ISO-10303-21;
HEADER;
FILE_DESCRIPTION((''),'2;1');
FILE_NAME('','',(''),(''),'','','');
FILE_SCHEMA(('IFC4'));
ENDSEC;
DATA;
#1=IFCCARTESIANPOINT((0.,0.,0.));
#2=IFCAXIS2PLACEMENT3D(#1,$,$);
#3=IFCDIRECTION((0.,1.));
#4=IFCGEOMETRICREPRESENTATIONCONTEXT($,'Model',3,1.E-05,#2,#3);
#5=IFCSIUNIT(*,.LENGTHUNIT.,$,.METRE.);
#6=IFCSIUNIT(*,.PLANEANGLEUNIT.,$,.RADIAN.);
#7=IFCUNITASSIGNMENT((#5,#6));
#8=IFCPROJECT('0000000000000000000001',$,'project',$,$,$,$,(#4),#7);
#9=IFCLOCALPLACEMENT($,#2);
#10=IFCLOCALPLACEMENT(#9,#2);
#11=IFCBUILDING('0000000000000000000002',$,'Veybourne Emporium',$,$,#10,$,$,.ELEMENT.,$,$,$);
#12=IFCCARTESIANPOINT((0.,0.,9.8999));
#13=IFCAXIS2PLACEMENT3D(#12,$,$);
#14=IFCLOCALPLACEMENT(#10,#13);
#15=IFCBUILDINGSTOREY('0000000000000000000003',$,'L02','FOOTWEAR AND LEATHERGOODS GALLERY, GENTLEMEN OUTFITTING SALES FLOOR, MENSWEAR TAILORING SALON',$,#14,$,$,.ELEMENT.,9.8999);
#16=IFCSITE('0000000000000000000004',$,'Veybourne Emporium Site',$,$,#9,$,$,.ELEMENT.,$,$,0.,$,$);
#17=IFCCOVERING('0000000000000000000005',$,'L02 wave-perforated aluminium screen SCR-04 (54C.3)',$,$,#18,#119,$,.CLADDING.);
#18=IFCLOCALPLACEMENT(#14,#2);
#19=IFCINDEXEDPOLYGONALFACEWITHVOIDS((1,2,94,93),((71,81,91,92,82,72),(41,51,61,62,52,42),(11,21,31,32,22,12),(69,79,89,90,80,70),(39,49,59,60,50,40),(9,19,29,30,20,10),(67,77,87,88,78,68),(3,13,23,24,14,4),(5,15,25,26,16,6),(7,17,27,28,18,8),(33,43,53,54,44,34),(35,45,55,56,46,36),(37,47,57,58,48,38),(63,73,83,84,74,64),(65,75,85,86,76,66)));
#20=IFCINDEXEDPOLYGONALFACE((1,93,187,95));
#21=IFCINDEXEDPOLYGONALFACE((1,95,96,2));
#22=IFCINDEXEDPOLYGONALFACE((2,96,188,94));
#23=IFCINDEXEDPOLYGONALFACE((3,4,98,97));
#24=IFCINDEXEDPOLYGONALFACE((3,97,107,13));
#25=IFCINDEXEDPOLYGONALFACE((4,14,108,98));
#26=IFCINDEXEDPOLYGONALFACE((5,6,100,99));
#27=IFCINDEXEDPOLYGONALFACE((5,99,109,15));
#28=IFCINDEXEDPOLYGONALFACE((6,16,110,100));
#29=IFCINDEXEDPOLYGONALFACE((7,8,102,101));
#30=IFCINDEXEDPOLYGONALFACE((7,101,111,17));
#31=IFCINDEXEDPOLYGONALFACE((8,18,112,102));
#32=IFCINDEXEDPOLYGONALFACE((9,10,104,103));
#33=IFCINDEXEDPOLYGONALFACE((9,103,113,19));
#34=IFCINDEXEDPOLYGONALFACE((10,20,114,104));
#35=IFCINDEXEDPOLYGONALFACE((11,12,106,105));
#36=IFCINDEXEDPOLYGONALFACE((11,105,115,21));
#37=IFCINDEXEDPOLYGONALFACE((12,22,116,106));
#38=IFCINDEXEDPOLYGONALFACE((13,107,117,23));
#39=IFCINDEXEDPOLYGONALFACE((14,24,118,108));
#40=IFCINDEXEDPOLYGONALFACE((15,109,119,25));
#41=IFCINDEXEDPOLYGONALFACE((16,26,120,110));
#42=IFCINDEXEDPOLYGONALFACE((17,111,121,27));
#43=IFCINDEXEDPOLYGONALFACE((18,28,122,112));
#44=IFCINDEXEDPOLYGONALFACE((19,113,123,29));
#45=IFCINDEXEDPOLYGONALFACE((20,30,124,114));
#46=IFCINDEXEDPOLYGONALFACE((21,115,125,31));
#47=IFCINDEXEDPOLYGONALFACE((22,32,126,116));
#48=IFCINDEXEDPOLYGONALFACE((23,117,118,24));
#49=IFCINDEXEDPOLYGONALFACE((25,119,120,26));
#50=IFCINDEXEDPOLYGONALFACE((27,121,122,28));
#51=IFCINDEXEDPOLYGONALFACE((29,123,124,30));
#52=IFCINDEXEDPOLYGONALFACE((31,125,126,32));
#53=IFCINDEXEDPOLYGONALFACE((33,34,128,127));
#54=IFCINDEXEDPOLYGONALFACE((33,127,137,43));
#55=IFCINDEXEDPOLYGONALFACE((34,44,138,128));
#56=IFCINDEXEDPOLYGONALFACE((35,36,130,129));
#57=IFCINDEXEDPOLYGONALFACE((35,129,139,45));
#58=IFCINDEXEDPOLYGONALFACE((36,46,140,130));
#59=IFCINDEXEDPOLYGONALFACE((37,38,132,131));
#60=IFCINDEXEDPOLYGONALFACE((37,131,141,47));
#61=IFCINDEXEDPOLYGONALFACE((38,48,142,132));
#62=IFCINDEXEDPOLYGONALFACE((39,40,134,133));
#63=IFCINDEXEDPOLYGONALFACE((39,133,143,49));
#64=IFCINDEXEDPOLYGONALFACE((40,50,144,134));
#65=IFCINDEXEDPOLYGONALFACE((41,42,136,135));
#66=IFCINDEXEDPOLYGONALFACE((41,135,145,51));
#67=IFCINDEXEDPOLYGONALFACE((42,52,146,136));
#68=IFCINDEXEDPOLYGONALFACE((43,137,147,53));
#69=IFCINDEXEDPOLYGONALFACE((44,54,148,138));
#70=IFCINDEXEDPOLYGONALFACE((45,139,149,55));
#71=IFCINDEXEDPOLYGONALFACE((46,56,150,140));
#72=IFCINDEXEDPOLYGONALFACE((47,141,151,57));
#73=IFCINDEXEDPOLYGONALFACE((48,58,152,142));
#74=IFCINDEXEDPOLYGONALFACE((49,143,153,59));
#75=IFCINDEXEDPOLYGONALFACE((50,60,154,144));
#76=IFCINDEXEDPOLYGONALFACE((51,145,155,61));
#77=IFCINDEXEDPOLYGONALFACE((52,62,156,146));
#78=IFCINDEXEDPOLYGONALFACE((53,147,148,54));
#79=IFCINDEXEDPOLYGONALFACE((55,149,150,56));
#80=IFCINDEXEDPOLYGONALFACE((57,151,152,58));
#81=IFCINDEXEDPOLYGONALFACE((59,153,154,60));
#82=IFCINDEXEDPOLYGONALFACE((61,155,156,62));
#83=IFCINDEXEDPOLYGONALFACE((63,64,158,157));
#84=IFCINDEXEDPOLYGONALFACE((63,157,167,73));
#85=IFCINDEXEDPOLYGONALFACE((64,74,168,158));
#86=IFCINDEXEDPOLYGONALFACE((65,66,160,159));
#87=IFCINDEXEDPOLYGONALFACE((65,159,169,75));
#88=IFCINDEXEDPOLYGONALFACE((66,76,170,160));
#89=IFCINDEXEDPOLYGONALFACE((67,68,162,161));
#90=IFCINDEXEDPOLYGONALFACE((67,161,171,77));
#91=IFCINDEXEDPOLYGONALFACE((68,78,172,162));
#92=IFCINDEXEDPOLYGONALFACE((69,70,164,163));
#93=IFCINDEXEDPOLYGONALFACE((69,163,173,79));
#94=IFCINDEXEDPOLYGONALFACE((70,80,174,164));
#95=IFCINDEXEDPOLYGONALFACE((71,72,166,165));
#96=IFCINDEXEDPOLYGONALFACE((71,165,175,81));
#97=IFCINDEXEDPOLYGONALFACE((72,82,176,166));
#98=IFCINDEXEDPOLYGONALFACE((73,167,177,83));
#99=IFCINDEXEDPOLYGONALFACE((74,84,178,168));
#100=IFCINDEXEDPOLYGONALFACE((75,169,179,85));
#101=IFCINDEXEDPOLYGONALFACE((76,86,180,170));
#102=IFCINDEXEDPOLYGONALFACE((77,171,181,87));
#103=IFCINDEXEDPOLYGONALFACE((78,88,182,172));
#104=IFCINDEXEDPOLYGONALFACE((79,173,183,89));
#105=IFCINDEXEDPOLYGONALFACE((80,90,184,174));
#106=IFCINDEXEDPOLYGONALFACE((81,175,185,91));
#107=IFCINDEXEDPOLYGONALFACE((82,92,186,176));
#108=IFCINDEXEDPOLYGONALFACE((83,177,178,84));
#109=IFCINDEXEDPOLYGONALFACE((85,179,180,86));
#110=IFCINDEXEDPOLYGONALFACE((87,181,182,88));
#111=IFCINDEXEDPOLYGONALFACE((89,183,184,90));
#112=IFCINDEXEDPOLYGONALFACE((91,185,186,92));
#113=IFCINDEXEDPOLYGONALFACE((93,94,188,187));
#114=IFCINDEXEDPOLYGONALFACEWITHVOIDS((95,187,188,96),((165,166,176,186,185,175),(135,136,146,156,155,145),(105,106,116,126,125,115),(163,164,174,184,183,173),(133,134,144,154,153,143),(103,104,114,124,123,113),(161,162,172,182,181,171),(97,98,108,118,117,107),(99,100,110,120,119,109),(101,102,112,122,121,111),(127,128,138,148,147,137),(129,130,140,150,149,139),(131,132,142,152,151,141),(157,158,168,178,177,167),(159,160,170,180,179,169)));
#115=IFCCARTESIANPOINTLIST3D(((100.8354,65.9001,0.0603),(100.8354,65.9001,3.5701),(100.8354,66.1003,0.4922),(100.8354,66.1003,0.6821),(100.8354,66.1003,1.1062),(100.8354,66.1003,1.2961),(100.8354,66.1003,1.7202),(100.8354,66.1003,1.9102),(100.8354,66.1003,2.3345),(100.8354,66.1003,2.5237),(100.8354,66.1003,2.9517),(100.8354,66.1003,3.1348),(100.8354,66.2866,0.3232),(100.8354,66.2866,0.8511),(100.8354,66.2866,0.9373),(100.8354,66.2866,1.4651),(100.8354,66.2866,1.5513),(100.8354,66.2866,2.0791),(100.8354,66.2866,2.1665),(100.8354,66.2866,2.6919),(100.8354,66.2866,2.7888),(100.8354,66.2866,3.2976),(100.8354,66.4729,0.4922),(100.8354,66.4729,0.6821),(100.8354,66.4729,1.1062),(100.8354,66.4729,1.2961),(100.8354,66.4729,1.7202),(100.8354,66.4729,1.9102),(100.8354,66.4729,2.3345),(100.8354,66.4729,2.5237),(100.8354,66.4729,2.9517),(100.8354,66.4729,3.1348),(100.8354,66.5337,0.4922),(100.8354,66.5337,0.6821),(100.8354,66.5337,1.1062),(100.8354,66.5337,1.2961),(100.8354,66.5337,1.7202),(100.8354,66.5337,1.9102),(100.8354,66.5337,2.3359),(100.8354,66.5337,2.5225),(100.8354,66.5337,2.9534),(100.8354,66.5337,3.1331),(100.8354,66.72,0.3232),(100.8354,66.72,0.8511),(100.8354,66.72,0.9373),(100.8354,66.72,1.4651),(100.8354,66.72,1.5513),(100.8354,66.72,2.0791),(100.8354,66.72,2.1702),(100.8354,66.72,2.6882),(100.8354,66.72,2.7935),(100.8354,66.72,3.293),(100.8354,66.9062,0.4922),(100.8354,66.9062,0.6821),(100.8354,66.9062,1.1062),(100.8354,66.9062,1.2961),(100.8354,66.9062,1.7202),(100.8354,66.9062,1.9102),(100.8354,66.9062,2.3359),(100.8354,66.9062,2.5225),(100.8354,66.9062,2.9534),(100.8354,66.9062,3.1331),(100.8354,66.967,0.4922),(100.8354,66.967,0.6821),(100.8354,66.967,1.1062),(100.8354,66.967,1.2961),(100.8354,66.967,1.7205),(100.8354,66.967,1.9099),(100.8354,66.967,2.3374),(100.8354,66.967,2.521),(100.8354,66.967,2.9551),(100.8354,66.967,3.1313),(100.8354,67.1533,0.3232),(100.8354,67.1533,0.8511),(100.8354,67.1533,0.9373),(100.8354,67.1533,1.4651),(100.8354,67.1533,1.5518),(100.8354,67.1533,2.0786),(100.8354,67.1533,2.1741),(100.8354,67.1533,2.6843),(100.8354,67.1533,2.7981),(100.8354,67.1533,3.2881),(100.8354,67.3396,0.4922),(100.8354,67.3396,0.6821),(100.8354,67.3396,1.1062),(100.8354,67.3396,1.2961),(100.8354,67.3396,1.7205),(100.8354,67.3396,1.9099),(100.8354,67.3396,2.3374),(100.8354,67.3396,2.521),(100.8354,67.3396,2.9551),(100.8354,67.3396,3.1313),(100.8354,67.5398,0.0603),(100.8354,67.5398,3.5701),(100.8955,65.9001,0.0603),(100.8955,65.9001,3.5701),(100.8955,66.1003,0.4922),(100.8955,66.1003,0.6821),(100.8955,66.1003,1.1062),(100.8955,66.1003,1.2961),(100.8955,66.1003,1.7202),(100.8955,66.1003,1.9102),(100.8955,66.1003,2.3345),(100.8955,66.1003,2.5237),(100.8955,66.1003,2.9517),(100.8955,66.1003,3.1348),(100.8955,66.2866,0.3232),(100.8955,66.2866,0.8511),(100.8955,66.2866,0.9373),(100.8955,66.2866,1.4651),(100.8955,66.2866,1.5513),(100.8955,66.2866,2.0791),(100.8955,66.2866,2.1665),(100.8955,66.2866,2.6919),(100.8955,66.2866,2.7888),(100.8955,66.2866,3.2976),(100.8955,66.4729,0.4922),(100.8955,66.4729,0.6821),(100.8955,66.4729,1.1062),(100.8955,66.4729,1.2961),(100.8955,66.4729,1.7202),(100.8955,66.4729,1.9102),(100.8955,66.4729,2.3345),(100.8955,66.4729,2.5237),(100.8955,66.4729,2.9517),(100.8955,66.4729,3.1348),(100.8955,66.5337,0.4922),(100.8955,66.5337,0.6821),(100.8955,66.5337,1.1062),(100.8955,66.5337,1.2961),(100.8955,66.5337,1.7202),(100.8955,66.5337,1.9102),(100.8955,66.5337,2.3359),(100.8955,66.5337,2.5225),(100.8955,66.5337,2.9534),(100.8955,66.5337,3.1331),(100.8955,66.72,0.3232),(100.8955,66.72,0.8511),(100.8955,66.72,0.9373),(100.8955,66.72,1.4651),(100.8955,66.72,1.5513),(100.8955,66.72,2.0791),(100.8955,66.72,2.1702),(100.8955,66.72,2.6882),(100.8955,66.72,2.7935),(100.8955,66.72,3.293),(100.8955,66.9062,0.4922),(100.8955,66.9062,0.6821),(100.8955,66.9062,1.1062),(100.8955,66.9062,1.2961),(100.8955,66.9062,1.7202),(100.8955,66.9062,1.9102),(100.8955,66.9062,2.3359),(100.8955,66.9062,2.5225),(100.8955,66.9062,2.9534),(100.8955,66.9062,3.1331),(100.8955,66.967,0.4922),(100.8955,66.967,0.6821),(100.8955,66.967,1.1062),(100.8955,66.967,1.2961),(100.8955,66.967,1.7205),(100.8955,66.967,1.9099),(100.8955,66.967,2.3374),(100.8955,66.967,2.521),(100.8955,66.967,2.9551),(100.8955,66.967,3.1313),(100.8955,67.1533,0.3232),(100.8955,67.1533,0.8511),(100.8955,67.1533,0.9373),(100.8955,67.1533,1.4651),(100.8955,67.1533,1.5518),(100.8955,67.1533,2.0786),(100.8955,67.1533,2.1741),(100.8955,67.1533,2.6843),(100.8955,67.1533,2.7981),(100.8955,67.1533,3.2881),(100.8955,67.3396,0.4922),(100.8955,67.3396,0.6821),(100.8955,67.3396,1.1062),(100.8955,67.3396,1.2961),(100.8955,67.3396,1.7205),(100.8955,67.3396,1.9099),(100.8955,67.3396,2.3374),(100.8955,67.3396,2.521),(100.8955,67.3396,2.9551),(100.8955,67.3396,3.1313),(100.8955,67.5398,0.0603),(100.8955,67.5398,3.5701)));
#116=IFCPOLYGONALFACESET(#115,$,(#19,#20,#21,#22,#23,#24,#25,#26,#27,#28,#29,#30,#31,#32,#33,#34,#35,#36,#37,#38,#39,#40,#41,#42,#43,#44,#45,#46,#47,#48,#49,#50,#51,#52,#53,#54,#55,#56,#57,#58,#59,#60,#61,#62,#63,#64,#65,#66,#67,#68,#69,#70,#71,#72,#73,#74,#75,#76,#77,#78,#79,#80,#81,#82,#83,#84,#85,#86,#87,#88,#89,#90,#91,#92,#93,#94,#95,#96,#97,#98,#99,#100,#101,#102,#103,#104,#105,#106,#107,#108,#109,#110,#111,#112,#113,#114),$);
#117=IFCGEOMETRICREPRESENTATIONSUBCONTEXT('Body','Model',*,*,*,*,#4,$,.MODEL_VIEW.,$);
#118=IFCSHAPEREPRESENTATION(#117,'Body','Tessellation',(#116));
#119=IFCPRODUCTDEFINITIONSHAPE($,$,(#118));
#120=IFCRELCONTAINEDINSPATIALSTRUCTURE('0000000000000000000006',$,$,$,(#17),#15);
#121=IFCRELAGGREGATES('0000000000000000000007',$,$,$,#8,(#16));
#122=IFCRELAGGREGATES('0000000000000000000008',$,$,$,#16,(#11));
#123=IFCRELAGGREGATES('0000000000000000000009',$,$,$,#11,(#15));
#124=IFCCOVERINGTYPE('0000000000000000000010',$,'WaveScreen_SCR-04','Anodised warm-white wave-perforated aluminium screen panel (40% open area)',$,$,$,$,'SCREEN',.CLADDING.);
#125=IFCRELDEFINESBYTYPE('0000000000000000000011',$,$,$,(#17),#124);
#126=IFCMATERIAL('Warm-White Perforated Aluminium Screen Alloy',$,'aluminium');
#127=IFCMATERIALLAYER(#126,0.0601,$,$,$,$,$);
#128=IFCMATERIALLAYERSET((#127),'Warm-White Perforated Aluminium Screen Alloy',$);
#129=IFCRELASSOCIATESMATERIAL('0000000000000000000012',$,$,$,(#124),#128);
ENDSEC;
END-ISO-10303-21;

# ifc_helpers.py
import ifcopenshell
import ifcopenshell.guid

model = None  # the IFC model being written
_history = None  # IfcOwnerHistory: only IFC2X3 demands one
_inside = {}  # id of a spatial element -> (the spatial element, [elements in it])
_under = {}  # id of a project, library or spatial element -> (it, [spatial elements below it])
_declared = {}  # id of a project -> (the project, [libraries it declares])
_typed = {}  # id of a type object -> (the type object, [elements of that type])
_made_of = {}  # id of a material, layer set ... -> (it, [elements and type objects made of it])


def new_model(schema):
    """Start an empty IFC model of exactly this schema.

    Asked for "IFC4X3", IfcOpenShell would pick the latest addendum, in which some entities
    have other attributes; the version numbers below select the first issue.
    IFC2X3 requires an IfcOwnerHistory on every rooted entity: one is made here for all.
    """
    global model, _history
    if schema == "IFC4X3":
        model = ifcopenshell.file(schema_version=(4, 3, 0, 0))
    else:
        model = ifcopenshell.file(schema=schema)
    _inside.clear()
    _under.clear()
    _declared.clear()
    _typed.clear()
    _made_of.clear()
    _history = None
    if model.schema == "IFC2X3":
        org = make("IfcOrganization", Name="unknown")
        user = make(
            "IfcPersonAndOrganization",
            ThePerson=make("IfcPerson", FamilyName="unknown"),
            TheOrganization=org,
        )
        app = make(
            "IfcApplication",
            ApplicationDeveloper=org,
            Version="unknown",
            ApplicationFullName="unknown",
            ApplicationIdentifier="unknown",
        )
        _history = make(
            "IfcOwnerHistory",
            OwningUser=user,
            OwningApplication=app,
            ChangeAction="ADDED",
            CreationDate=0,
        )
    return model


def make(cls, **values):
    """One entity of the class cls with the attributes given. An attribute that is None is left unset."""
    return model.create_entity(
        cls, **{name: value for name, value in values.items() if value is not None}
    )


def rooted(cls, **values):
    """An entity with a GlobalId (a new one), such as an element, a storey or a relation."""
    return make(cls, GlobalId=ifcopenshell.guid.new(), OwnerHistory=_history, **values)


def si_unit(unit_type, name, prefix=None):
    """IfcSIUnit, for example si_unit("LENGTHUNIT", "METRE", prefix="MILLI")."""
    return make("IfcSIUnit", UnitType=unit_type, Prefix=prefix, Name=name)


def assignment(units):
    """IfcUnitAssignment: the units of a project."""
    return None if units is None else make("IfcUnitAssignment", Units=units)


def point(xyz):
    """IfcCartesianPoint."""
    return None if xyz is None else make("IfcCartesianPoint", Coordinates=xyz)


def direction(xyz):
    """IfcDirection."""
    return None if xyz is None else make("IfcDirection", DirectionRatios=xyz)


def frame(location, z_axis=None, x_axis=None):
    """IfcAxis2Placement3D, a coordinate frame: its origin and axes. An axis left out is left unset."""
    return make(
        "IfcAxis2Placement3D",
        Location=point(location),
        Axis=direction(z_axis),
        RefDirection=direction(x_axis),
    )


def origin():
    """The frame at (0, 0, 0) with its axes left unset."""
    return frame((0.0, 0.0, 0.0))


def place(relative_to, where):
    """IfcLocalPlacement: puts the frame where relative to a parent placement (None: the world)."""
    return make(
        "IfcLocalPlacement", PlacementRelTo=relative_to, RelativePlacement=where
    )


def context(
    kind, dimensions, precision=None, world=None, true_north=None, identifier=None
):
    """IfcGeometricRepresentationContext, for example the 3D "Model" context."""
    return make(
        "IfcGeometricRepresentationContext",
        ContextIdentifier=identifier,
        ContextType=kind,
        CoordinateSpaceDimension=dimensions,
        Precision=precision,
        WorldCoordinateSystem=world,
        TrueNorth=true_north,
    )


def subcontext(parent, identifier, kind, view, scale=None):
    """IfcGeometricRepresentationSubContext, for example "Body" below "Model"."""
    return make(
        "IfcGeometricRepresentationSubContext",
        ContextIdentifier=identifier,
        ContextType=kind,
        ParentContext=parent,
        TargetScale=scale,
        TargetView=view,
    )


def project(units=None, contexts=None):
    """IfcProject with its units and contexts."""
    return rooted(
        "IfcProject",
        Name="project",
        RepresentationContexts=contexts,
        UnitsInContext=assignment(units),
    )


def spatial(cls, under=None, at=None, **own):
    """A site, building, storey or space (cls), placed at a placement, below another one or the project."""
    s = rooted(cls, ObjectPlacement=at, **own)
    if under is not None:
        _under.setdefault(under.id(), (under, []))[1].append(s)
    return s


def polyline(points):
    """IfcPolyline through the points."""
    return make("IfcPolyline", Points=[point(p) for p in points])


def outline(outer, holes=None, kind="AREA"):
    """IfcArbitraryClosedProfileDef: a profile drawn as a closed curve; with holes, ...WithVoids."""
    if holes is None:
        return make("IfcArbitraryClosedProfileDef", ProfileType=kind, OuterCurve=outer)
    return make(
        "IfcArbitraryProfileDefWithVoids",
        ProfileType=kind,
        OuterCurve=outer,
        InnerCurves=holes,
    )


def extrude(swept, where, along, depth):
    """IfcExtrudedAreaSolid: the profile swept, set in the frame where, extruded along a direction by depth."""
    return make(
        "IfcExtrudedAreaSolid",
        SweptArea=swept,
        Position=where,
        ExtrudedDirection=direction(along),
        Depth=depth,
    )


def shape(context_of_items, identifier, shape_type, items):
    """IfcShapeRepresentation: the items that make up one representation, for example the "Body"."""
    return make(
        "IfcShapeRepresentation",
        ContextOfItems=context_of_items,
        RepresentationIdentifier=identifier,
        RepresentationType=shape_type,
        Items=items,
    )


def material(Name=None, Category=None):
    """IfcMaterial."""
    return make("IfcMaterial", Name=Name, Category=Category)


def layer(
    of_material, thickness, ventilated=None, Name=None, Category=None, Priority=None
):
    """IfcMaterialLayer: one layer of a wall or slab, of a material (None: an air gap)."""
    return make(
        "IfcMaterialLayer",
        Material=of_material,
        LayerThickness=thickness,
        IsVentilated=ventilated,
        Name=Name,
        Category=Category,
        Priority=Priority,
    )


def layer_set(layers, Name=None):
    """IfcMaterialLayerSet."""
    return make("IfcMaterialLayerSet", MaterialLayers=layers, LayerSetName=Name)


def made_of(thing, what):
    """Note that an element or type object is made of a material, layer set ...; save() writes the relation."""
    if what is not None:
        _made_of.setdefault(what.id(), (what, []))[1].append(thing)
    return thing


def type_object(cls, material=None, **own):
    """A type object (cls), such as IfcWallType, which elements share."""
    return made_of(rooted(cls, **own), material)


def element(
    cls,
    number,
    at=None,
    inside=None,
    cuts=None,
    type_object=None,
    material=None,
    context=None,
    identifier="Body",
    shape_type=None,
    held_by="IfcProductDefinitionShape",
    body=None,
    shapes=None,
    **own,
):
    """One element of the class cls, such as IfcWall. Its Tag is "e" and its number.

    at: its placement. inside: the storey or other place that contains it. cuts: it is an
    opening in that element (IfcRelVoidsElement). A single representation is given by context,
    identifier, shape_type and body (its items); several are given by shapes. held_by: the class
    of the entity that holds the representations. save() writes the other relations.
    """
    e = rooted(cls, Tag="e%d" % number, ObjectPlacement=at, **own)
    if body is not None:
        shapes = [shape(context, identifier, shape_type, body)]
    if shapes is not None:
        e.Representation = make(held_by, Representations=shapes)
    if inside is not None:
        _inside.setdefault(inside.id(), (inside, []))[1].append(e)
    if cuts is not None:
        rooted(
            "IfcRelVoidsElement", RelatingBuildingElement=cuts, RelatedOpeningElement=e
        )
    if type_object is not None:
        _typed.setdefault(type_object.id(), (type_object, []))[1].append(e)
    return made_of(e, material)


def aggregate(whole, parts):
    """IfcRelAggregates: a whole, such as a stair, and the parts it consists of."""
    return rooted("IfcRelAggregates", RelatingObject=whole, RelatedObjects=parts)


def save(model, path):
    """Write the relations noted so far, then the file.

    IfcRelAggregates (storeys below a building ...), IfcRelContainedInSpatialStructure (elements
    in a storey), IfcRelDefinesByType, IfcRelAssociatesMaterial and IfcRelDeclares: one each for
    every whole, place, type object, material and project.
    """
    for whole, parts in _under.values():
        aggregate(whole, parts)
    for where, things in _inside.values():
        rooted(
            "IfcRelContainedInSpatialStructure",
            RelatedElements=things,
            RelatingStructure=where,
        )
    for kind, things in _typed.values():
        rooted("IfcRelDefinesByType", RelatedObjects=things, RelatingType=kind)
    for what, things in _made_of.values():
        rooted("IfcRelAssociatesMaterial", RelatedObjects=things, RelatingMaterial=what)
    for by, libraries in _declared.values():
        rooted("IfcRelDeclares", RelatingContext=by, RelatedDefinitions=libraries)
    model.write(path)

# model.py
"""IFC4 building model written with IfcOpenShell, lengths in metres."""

from ifc_helpers import new_model, si_unit, direction, frame, origin, place, context, subcontext, project, spatial, polyline, outline, extrude, material, layer, layer_set, type_object, element, save


model = new_model("IFC4")

# Units and contexts
model_context = context("Model", 3, precision=1e-05, world=origin(), true_north=direction((0.0, 1.0)))
body_context = subcontext(model_context, "Body", "Model", "MODEL_VIEW")
ifc_project = project(units=[si_unit("LENGTHUNIT", "METRE"), si_unit("PLANEANGLEUNIT", "RADIAN")], contexts=[model_context])

# Site, building, storey
site_placement = place(None, origin())
site = spatial("IfcSite", under=ifc_project, at=site_placement, Name="Veybourne Emporium Site", CompositionType="ELEMENT", RefElevation=0.0)
building_placement = place(site_placement, origin())
building = spatial("IfcBuilding", under=site, at=building_placement, Name="Veybourne Emporium", CompositionType="ELEMENT")
storey_placement = place(building_placement, frame((0.0, 0.0, 9.8999)))
storey = spatial("IfcBuildingStorey", under=building, at=storey_placement, Name="L02", Description="FOOTWEAR AND LEATHERGOODS GALLERY, GENTLEMEN OUTFITTING SALES FLOOR, MENSWEAR TAILORING SALON", CompositionType="ELEMENT", Elevation=9.8999)

# Covering
ifc_material_1 = material(Name="Warm-White Perforated Aluminium Screen Alloy", Category="aluminium")
ifc_layer_1 = layer(ifc_material_1, 0.0601)
ifc_layer_set_1 = layer_set([ifc_layer_1], Name="Warm-White Perforated Aluminium Screen Alloy")
covering_type_1 = type_object("IfcCoveringType", Name="WaveScreen_SCR-04", Description="Anodised warm-white wave-perforated aluminium screen panel (40% open area)", ElementType="SCREEN", PredefinedType="CLADDING", material=ifc_layer_set_1)
covering_1_placement = place(storey_placement, frame((100.8955, 66.72, 1.8152), z_axis=(-1.0, 0.0, 0.0), x_axis=(0.0, -1.0, 0.0)))
element("IfcCovering", 1, at=covering_1_placement, inside=storey, type_object=covering_type_1, Name="L02 wave-perforated aluminium screen SCR-04 (54C.3)", PredefinedType="CLADDING", context=body_context, shape_type="SweptSolid", body=[
    extrude(outline(polyline([(-0.8198, -1.7549), (0.8198, -1.7549), (0.8198, 1.7549), (-0.8198, 1.7549), (-0.8198, -1.7549)]), holes=[polyline([(-0.4333, -0.9641), (-0.2471, -1.1331), (-0.2471, -1.323), (-0.4333, -1.4919), (-0.6196, -1.323), (-0.6196, -1.1331), (-0.4333, -0.9641)]), polyline([(-0.4333, -0.3501), (-0.2471, -0.519), (-0.2471, -0.709), (-0.4333, -0.8779), (-0.6196, -0.709), (-0.6196, -0.519), (-0.4333, -0.3501)]), polyline([(-0.4333, 0.2634), (-0.2471, 0.0947), (-0.2471, -0.0947), (-0.4333, -0.2634), (-0.6196, -0.0947), (-0.6196, 0.0947), (-0.4333, 0.2634)]), polyline([(-0.4333, 0.8691), (-0.2471, 0.7058), (-0.2471, 0.5222), (-0.4333, 0.3589), (-0.6196, 0.5222), (-0.6196, 0.7058), (-0.4333, 0.8691)]), polyline([(-0.4333, 1.4729), (-0.2471, 1.3162), (-0.2471, 1.1399), (-0.4333, 0.9829), (-0.6196, 1.1399), (-0.6196, 1.3162), (-0.4333, 1.4729)]), polyline([(0.0, -0.9641), (0.1863, -1.1331), (0.1863, -1.323), (0.0, -1.4919), (-0.1863, -1.323), (-0.1863, -1.1331), (0.0, -0.9641)]), polyline([(0.0, -0.3501), (0.1863, -0.519), (0.1863, -0.709), (0.0, -0.8779), (-0.1863, -0.709), (-0.1863, -0.519), (0.0, -0.3501)]), polyline([(0.0, 0.2639), (0.1863, 0.095), (0.1863, -0.095), (0.0, -0.2639), (-0.1863, -0.095), (-0.1863, 0.095), (0.0, 0.2639)]), polyline([(0.0, 0.873), (0.1863, 0.7073), (0.1863, 0.5208), (0.0, 0.355), (-0.1863, 0.5208), (-0.1863, 0.7073), (0.0, 0.873)]), polyline([(0.0, 1.4778), (0.1863, 1.3179), (0.1863, 1.1382), (0.0, 0.9783), (-0.1863, 1.1382), (-0.1863, 1.3179), (0.0, 1.4778)]), polyline([(0.4333, -0.9641), (0.6196, -1.1331), (0.6196, -1.323), (0.4333, -1.4919), (0.2471, -1.323), (0.2471, -1.1331), (0.4333, -0.9641)]), polyline([(0.4333, -0.3501), (0.6196, -0.519), (0.6196, -0.709), (0.4333, -0.8779), (0.2471, -0.709), (0.2471, -0.519), (0.4333, -0.3501)]), polyline([(0.4333, 0.2639), (0.6196, 0.095), (0.6196, -0.095), (0.4333, -0.2639), (0.2471, -0.095), (0.2471, 0.095), (0.4333, 0.2639)]), polyline([(0.4333, 0.8767), (0.6196, 0.7085), (0.6196, 0.5193), (0.4333, 0.3513), (0.2471, 0.5193), (0.2471, 0.7085), (0.4333, 0.8767)]), polyline([(0.4333, 1.4824), (0.6196, 1.3196), (0.6196, 1.1365), (0.4333, 0.9736), (0.2471, 1.1365), (0.2471, 1.3196), (0.4333, 1.4824)])]), origin(), (0.0, 0.0, 1.0), 0.0601),
])

save(model, "model.ifc")
